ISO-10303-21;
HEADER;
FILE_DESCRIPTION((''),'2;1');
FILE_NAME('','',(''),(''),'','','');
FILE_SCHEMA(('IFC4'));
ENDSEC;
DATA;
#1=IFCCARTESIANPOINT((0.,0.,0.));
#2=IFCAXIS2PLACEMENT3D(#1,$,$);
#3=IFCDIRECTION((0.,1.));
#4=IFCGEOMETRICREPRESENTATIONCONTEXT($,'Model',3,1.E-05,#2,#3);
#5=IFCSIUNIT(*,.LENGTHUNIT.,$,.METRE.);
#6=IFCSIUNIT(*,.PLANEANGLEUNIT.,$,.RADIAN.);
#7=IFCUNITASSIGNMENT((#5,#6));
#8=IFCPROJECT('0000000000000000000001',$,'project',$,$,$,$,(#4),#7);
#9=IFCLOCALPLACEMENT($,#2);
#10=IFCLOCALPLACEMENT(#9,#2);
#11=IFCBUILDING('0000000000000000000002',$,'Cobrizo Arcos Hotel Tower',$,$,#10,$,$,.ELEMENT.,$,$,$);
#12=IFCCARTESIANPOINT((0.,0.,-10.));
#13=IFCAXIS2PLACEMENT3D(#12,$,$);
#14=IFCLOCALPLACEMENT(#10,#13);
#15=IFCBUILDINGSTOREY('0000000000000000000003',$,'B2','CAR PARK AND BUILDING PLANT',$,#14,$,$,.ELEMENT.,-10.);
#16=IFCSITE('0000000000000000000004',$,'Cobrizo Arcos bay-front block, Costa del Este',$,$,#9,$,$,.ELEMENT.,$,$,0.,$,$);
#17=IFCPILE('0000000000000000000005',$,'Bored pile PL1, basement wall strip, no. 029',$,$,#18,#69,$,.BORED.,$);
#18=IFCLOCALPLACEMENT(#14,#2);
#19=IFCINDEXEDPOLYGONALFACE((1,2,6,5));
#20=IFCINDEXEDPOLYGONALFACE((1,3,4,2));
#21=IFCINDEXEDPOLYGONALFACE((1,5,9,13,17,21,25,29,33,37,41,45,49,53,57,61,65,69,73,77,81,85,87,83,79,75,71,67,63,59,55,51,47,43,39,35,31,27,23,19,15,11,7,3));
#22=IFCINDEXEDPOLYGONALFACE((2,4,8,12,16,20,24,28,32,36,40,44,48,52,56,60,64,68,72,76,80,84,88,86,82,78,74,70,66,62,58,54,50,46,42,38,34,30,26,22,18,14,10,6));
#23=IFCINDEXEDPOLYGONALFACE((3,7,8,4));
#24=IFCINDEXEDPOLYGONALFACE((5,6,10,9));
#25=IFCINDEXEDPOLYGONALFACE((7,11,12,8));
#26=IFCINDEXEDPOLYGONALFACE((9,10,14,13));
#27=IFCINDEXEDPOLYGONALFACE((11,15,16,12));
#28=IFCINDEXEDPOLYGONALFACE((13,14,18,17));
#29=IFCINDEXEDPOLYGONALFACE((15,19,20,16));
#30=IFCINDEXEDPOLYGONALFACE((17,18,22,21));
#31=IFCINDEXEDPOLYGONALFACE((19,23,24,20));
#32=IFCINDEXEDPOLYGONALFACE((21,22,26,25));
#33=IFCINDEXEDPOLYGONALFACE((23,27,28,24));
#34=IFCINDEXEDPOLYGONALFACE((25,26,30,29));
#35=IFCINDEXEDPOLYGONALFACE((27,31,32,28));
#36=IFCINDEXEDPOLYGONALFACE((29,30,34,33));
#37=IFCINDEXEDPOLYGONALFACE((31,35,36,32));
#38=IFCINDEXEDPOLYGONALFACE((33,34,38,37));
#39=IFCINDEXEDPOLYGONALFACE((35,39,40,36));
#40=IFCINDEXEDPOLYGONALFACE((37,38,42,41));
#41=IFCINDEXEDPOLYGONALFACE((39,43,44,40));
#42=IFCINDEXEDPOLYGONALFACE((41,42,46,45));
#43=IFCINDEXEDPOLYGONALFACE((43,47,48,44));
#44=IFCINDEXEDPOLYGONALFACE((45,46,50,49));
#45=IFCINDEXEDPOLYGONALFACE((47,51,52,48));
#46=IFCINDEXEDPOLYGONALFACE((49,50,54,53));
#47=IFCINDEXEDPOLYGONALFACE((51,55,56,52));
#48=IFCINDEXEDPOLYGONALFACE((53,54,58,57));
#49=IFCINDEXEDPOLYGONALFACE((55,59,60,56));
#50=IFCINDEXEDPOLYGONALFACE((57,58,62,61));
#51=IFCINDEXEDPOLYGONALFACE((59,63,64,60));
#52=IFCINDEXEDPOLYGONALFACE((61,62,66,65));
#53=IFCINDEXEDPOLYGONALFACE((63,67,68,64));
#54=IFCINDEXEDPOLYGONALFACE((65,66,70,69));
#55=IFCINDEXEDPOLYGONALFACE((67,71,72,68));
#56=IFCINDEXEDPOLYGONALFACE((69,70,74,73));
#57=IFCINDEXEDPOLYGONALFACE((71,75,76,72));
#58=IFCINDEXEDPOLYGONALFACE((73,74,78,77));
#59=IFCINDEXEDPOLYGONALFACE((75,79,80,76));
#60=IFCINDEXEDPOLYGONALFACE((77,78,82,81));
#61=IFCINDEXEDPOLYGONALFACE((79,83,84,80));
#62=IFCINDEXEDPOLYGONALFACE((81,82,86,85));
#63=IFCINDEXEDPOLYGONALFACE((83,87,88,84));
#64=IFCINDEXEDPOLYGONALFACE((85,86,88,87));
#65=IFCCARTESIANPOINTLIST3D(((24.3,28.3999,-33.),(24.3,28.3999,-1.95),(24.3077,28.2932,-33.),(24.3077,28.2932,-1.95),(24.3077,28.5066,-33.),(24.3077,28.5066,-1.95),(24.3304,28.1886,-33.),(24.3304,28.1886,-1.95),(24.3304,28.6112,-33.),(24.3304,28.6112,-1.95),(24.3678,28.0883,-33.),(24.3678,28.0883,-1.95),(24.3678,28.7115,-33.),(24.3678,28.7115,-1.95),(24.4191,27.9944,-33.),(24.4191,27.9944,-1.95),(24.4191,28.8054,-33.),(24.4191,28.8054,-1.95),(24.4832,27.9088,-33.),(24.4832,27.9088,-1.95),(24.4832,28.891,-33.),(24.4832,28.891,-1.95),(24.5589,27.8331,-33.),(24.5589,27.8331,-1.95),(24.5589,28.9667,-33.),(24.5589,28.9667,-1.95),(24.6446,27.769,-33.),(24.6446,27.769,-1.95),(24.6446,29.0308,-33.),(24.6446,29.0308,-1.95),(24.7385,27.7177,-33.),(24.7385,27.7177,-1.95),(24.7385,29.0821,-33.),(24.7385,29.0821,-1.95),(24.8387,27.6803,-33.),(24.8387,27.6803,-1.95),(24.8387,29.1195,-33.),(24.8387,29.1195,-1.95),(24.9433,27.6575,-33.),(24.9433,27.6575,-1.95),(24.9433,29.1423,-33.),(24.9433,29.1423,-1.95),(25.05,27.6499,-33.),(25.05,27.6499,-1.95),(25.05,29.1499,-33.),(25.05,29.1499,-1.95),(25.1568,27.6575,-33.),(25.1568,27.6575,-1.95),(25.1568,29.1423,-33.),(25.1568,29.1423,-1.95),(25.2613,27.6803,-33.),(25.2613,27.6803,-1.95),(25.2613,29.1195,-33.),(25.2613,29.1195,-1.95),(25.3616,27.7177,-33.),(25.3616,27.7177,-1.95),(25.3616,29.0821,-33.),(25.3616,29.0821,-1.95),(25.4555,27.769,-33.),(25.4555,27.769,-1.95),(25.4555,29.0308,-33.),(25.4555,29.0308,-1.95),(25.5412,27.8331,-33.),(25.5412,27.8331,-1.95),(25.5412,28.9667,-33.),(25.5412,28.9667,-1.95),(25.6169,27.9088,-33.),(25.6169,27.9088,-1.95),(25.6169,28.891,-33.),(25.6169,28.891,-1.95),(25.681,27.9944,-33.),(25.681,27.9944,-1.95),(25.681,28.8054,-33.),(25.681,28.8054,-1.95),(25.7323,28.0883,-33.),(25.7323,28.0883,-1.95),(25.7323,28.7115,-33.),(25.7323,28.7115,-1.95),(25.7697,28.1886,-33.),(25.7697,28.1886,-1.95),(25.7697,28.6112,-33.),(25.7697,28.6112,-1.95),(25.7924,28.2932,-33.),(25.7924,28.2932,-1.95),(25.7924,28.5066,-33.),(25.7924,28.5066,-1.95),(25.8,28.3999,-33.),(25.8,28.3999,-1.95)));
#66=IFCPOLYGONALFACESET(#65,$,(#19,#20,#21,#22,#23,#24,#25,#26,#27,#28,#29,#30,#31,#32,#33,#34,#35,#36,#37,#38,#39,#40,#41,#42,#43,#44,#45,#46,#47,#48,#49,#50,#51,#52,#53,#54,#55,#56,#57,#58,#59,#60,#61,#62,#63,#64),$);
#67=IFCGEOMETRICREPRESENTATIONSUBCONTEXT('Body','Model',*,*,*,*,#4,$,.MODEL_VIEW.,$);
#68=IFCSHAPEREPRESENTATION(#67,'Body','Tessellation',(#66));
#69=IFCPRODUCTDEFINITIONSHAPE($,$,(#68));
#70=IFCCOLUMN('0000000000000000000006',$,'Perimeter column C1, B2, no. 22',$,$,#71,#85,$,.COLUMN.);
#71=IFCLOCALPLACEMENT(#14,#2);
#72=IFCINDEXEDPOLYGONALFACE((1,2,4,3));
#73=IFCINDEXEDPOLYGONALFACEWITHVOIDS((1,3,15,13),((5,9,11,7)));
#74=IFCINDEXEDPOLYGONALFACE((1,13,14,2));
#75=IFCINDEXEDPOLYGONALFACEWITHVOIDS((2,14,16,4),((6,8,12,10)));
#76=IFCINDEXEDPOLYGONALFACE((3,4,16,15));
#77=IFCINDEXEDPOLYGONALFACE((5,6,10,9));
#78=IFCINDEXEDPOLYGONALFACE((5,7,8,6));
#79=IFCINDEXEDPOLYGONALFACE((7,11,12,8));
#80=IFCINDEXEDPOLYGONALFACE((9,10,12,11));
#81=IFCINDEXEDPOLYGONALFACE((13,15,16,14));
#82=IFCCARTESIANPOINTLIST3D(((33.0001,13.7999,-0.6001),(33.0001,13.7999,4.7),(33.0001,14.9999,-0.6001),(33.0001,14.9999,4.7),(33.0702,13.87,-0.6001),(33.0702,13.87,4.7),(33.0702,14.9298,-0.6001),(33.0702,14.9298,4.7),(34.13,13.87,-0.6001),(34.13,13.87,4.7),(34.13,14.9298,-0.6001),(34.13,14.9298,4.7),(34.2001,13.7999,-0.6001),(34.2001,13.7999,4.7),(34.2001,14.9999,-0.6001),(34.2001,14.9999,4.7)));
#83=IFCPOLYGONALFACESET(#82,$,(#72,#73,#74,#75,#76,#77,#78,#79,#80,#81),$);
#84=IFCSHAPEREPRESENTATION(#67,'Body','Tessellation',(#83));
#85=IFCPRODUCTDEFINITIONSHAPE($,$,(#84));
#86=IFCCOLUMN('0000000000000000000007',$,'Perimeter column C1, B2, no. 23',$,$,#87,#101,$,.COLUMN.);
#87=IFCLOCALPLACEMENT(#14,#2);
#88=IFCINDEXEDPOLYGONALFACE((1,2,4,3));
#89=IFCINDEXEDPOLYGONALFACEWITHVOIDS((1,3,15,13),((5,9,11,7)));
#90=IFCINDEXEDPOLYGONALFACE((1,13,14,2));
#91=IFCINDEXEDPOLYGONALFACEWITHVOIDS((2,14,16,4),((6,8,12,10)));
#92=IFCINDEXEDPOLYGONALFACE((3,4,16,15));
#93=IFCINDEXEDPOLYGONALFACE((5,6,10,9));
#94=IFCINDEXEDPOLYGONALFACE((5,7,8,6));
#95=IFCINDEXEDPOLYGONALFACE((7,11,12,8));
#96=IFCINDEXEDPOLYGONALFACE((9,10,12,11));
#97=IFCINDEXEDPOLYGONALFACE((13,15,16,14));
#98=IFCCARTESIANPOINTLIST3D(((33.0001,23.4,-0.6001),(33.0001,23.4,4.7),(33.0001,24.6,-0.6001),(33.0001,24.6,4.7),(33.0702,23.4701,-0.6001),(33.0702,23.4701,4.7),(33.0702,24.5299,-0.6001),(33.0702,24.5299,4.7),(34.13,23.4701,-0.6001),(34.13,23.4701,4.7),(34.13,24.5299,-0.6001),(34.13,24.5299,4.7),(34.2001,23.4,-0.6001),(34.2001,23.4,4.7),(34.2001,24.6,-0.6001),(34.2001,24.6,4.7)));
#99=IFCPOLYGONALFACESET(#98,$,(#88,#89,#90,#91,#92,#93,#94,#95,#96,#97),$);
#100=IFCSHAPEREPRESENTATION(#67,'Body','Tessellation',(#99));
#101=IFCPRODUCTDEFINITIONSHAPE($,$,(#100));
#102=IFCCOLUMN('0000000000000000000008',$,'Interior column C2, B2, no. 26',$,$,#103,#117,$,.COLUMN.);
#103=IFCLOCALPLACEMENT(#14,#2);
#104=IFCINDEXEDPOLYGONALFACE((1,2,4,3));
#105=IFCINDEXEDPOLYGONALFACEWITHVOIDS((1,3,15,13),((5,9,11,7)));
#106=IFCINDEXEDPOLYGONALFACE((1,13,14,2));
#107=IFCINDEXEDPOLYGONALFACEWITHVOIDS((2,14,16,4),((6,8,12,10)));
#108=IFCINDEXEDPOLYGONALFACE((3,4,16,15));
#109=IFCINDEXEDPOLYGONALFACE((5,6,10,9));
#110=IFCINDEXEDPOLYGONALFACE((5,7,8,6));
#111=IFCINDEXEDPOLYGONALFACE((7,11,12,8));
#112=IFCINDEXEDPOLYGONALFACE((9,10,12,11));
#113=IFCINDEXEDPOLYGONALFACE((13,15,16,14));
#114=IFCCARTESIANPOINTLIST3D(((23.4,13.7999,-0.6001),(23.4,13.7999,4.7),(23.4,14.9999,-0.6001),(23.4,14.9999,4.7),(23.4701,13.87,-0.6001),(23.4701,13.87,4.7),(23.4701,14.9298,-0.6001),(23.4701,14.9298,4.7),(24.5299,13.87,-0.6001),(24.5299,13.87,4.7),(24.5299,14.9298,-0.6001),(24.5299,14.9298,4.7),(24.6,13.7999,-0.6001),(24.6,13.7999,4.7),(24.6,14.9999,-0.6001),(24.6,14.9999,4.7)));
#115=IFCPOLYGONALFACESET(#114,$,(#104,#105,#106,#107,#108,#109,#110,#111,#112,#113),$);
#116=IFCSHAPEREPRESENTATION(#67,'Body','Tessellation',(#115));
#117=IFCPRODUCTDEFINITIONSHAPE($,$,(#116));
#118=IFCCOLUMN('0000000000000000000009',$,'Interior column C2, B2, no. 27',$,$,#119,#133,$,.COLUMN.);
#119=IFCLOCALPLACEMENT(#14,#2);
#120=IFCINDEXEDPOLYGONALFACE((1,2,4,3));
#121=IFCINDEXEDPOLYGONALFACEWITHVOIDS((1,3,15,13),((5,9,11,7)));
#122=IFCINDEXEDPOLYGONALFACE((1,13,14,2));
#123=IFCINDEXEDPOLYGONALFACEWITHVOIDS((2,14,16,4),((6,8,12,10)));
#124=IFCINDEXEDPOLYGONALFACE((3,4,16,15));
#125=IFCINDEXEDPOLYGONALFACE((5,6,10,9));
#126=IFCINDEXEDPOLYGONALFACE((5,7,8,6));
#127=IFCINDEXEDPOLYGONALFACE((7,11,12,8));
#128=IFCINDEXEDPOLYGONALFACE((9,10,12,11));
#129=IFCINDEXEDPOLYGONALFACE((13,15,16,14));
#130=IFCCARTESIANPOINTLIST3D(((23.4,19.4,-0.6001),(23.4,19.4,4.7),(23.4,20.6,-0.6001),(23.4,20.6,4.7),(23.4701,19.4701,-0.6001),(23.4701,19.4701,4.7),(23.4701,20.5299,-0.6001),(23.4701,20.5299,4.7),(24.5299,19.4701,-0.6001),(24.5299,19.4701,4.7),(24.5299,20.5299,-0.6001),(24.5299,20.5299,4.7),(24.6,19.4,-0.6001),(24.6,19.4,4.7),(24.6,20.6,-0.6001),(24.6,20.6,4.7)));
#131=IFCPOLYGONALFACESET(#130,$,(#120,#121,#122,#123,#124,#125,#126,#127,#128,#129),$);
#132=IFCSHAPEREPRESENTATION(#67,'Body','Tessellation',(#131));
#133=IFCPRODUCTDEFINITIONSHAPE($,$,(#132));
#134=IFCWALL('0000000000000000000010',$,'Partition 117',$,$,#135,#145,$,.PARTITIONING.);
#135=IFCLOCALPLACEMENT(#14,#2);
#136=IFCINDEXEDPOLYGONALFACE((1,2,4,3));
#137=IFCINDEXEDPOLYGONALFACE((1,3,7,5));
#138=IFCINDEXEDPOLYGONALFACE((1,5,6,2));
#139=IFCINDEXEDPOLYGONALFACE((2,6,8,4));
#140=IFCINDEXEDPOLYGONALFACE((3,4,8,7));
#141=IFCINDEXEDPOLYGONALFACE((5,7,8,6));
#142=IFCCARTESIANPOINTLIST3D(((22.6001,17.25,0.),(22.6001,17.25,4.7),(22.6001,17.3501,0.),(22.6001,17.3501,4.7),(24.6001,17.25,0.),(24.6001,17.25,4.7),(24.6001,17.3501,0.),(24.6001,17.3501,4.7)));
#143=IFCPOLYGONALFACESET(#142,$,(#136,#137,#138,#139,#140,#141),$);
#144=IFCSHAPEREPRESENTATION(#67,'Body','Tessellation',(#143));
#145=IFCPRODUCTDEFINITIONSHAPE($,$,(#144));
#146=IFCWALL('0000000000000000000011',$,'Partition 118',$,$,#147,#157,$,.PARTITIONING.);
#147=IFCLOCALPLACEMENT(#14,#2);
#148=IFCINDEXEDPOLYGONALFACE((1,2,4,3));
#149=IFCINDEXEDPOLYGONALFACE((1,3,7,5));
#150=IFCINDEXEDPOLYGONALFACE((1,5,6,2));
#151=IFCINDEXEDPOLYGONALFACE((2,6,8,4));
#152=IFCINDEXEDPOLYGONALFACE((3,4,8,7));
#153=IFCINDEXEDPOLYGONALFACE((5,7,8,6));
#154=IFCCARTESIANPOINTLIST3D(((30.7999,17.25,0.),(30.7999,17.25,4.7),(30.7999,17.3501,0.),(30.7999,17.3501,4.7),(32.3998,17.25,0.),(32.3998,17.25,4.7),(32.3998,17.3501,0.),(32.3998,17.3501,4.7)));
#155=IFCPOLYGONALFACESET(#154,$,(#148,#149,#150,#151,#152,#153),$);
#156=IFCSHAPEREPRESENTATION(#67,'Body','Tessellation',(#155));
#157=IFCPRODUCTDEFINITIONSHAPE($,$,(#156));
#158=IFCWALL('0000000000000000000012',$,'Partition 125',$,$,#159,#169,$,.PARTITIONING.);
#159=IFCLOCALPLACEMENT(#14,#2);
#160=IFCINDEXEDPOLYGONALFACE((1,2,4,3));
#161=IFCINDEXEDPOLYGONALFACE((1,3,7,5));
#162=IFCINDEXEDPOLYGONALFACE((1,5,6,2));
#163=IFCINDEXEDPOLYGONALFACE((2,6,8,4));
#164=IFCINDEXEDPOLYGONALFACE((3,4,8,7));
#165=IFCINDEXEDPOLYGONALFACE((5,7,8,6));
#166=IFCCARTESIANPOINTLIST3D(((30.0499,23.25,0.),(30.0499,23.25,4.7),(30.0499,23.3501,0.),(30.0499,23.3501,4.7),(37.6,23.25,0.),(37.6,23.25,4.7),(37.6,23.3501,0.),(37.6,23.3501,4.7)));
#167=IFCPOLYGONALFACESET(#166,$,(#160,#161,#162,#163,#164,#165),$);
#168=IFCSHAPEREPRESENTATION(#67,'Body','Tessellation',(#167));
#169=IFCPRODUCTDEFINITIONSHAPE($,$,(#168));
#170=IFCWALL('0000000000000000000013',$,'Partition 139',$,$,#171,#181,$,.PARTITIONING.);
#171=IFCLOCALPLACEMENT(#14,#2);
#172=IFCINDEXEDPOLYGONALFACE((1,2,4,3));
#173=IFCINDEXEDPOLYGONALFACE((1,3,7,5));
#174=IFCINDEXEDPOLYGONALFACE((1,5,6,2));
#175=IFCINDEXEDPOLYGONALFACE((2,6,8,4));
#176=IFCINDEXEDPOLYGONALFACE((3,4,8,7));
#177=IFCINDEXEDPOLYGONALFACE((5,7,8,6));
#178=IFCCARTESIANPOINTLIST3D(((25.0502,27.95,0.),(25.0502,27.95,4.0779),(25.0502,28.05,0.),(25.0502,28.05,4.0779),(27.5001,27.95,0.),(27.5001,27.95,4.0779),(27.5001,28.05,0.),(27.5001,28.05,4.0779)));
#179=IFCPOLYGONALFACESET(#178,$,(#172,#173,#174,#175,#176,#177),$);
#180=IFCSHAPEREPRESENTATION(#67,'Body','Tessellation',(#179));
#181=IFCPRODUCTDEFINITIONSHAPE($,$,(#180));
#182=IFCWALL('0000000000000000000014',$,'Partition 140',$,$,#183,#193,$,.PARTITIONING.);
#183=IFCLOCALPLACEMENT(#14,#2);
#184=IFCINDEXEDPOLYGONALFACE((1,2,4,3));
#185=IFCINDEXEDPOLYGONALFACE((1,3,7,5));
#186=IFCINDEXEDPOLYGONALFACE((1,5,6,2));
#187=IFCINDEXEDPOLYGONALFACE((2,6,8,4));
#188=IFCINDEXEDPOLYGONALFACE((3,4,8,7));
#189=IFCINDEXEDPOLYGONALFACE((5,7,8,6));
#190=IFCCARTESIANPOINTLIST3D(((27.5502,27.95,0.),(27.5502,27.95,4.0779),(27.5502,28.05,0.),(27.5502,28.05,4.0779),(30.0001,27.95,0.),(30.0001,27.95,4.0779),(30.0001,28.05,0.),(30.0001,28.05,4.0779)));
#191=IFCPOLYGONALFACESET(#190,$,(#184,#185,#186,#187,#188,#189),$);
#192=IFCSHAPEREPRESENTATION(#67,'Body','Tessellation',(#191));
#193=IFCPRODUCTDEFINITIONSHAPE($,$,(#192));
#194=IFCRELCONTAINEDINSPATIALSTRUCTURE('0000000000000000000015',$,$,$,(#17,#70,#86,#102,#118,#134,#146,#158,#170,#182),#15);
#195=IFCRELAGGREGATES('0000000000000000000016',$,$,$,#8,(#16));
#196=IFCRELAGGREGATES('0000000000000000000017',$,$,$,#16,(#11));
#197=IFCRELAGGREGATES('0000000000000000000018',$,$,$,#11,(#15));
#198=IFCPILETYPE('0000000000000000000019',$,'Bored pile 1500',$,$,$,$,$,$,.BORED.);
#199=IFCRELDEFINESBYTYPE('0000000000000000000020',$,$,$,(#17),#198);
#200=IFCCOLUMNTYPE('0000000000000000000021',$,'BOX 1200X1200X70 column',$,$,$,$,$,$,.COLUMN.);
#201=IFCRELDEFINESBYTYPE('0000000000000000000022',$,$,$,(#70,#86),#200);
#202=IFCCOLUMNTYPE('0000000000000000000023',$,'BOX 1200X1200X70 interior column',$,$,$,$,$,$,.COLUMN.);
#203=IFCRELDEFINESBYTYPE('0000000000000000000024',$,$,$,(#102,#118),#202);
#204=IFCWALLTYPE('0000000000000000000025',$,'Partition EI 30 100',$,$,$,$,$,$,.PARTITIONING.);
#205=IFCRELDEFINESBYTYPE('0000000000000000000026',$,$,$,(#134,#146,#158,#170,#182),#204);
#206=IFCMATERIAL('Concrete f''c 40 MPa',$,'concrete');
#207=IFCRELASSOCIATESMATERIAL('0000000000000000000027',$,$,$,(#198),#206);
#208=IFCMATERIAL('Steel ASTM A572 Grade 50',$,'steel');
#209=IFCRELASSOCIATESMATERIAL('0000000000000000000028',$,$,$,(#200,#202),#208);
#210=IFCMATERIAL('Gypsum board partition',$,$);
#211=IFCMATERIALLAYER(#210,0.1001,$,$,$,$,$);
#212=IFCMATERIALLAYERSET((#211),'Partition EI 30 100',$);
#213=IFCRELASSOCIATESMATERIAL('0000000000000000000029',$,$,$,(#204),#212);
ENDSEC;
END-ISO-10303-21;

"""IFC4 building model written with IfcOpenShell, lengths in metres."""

from ifc_helpers import new_model, si_unit, direction, frame, frame_2d, origin, origin_2d, place, context, subcontext, project, spatial, rectangle, hollow_rectangle, circle, extrude, material, layer, layer_set, material_profile, profile_set, type_object, element, save


model = new_model("IFC4")

# Units and contexts
model_context = context("Model", 3, precision=1e-05, world=origin(), true_north=direction((0.0, 1.0)))
body_context = subcontext(model_context, "Body", "Model", "MODEL_VIEW")
ifc_project = project(units=[si_unit("LENGTHUNIT", "METRE"), si_unit("PLANEANGLEUNIT", "RADIAN")], contexts=[model_context])

# Site, building, storey
site_placement = place(None, origin())
site = spatial("IfcSite", under=ifc_project, at=site_placement, Name="Cobrizo Arcos bay-front block, Costa del Este", CompositionType="ELEMENT", RefElevation=0.0)
building_placement = place(site_placement, origin())
building = spatial("IfcBuilding", under=site, at=building_placement, Name="Cobrizo Arcos Hotel Tower", CompositionType="ELEMENT")
storey_placement = place(building_placement, frame((0.0, 0.0, -10.0)))
storey = spatial("IfcBuildingStorey", under=building, at=storey_placement, Name="B2", Description="CAR PARK AND BUILDING PLANT", CompositionType="ELEMENT", Elevation=-10.0)

# Pile
ifc_material_1 = material(Name="Concrete f'c 40 MPa", Category="concrete")
ifc_material_profile_1 = material_profile(ifc_material_1, circle(Radius=0.75, at=origin_2d()), Name="BORED PILE 1500")
ifc_profile_set_1 = profile_set([ifc_material_profile_1], Name="Concrete f'c 40 MPa")
pile_type = type_object("IfcPileType", Name="Bored pile 1500", PredefinedType="BORED", material=ifc_profile_set_1)
for number, where, z_axis, x_axis, name in (
    (1, (25.05, 28.3999, -1.95), (0.0, 0.0, -1.0), (1.0, 0.0, 0.0), "Bored pile PL1, basement wall strip, no. 029"),
):
    element("IfcPile", number, at=place(storey_placement, frame(where, z_axis=z_axis, x_axis=x_axis)), inside=storey, type_object=pile_type, Name=name, PredefinedType="BORED", context=body_context, shape_type="SweptSolid", body=[
        extrude(circle(Radius=0.75, at=origin_2d()), origin(), (0.0, 0.0, 1.0), 31.05),
    ])

# Columns
ifc_material_2 = material(Name="Steel ASTM A572 Grade 50", Category="steel")
ifc_material_profile_2 = material_profile(ifc_material_2, hollow_rectangle(XDim=1.2, YDim=1.2, WallThickness=0.0701, at=origin_2d()), Name="BOX 1200X1200X70")
ifc_profile_set_2 = profile_set([ifc_material_profile_2], Name="Steel ASTM A572 Grade 50")
column_type_1 = type_object("IfcColumnType", Name="BOX 1200X1200X70 column", PredefinedType="COLUMN", material=ifc_profile_set_2)
for number, where, z_axis, x_axis, name in (
    (2, (33.6001, 14.3999, -0.6001), (0.0, 0.0, 1.0), (1.0, 0.0, 0.0), "Perimeter column C1, B2, no. 22"),
    (3, (33.6001, 24.0, -0.6001), (0.0, 0.0, 1.0), (1.0, 0.0, 0.0), "Perimeter column C1, B2, no. 23"),
):
    element("IfcColumn", number, at=place(storey_placement, frame(where, z_axis=z_axis, x_axis=x_axis)), inside=storey, type_object=column_type_1, Name=name, PredefinedType="COLUMN", context=body_context, shape_type="SweptSolid", body=[
        extrude(hollow_rectangle(XDim=1.2, YDim=1.2, WallThickness=0.0701, at=origin_2d()), origin(), (0.0, 0.0, 1.0), 5.3),
    ])
ifc_material_profile_3 = material_profile(ifc_material_2, hollow_rectangle(XDim=1.2, YDim=1.2, WallThickness=0.0701, at=origin_2d()), Name="BOX 1200X1200X70")
ifc_profile_set_3 = profile_set([ifc_material_profile_3], Name="Steel ASTM A572 Grade 50")
column_type_2 = type_object("IfcColumnType", Name="BOX 1200X1200X70 interior column", PredefinedType="COLUMN", material=ifc_profile_set_3)
for number, where, z_axis, x_axis, name in (
    (4, (24.0, 14.3999, -0.6001), (0.0, 0.0, 1.0), (1.0, 0.0, 0.0), "Interior column C2, B2, no. 26"),
    (5, (24.0, 20.0, -0.6001), (0.0, 0.0, 1.0), (1.0, 0.0, 0.0), "Interior column C2, B2, no. 27"),
):
    element("IfcColumn", number, at=place(storey_placement, frame(where, z_axis=z_axis, x_axis=x_axis)), inside=storey, type_object=column_type_2, Name=name, PredefinedType="COLUMN", context=body_context, shape_type="SweptSolid", body=[
        extrude(hollow_rectangle(XDim=1.2, YDim=1.2, WallThickness=0.0701, at=origin_2d()), origin(), (0.0, 0.0, 1.0), 5.3),
    ])

# Walls
ifc_material_3 = material(Name="Gypsum board partition")
ifc_layer = layer(ifc_material_3, 0.1001)
ifc_layer_set = layer_set([ifc_layer], Name="Partition EI 30 100")
wall_type = type_object("IfcWallType", Name="Partition EI 30 100", PredefinedType="PARTITIONING", material=ifc_layer_set)
wall_1_placement = place(storey_placement, frame((22.6001, 17.3, 0.0), z_axis=(0.0, 0.0, 1.0), x_axis=(1.0, 0.0, 0.0)))
element("IfcWall", 6, at=wall_1_placement, inside=storey, type_object=wall_type, Name="Partition 117", PredefinedType="PARTITIONING", context=body_context, shape_type="SweptSolid", body=[
    extrude(rectangle(XDim=2.0, YDim=0.1001, at=frame_2d((1.0, 0.0))), origin(), (0.0, 0.0, 1.0), 4.7),
])
wall_2_placement = place(storey_placement, frame((30.8, 17.3, 0.0), z_axis=(0.0, 0.0, 1.0), x_axis=(1.0, 0.0, 0.0)))
element("IfcWall", 7, at=wall_2_placement, inside=storey, type_object=wall_type, Name="Partition 118", PredefinedType="PARTITIONING", context=body_context, shape_type="SweptSolid", body=[
    extrude(rectangle(XDim=1.5999, YDim=0.1001, at=frame_2d((0.7998, 0.0))), origin(), (0.0, 0.0, 1.0), 4.7),
])
wall_3_placement = place(storey_placement, frame((30.05, 23.3, 0.0), z_axis=(0.0, 0.0, 1.0), x_axis=(1.0, 0.0, 0.0)))
element("IfcWall", 8, at=wall_3_placement, inside=storey, type_object=wall_type, Name="Partition 125", PredefinedType="PARTITIONING", context=body_context, shape_type="SweptSolid", body=[
    extrude(rectangle(XDim=7.55, YDim=0.1001, at=frame_2d((3.7749, 0.0))), origin(), (0.0, 0.0, 1.0), 4.7),
])
for number, where, z_axis, x_axis, name in (
    (9, (25.05, 28.0, 0.0), (0.0, 0.0, 1.0), (1.0, 0.0, 0.0), "Partition 139"),
    (10, (27.55, 28.0, 0.0), (0.0, 0.0, 1.0), (1.0, 0.0, 0.0), "Partition 140"),
):
    element("IfcWall", number, at=place(storey_placement, frame(where, z_axis=z_axis, x_axis=x_axis)), inside=storey, type_object=wall_type, Name=name, PredefinedType="PARTITIONING", context=body_context, shape_type="SweptSolid", body=[
        extrude(rectangle(XDim=2.45, YDim=0.1001, at=frame_2d((1.2251, 0.0))), origin(), (0.0, 0.0, 1.0), 4.0779),
    ])

save(model, "model.ifc")
